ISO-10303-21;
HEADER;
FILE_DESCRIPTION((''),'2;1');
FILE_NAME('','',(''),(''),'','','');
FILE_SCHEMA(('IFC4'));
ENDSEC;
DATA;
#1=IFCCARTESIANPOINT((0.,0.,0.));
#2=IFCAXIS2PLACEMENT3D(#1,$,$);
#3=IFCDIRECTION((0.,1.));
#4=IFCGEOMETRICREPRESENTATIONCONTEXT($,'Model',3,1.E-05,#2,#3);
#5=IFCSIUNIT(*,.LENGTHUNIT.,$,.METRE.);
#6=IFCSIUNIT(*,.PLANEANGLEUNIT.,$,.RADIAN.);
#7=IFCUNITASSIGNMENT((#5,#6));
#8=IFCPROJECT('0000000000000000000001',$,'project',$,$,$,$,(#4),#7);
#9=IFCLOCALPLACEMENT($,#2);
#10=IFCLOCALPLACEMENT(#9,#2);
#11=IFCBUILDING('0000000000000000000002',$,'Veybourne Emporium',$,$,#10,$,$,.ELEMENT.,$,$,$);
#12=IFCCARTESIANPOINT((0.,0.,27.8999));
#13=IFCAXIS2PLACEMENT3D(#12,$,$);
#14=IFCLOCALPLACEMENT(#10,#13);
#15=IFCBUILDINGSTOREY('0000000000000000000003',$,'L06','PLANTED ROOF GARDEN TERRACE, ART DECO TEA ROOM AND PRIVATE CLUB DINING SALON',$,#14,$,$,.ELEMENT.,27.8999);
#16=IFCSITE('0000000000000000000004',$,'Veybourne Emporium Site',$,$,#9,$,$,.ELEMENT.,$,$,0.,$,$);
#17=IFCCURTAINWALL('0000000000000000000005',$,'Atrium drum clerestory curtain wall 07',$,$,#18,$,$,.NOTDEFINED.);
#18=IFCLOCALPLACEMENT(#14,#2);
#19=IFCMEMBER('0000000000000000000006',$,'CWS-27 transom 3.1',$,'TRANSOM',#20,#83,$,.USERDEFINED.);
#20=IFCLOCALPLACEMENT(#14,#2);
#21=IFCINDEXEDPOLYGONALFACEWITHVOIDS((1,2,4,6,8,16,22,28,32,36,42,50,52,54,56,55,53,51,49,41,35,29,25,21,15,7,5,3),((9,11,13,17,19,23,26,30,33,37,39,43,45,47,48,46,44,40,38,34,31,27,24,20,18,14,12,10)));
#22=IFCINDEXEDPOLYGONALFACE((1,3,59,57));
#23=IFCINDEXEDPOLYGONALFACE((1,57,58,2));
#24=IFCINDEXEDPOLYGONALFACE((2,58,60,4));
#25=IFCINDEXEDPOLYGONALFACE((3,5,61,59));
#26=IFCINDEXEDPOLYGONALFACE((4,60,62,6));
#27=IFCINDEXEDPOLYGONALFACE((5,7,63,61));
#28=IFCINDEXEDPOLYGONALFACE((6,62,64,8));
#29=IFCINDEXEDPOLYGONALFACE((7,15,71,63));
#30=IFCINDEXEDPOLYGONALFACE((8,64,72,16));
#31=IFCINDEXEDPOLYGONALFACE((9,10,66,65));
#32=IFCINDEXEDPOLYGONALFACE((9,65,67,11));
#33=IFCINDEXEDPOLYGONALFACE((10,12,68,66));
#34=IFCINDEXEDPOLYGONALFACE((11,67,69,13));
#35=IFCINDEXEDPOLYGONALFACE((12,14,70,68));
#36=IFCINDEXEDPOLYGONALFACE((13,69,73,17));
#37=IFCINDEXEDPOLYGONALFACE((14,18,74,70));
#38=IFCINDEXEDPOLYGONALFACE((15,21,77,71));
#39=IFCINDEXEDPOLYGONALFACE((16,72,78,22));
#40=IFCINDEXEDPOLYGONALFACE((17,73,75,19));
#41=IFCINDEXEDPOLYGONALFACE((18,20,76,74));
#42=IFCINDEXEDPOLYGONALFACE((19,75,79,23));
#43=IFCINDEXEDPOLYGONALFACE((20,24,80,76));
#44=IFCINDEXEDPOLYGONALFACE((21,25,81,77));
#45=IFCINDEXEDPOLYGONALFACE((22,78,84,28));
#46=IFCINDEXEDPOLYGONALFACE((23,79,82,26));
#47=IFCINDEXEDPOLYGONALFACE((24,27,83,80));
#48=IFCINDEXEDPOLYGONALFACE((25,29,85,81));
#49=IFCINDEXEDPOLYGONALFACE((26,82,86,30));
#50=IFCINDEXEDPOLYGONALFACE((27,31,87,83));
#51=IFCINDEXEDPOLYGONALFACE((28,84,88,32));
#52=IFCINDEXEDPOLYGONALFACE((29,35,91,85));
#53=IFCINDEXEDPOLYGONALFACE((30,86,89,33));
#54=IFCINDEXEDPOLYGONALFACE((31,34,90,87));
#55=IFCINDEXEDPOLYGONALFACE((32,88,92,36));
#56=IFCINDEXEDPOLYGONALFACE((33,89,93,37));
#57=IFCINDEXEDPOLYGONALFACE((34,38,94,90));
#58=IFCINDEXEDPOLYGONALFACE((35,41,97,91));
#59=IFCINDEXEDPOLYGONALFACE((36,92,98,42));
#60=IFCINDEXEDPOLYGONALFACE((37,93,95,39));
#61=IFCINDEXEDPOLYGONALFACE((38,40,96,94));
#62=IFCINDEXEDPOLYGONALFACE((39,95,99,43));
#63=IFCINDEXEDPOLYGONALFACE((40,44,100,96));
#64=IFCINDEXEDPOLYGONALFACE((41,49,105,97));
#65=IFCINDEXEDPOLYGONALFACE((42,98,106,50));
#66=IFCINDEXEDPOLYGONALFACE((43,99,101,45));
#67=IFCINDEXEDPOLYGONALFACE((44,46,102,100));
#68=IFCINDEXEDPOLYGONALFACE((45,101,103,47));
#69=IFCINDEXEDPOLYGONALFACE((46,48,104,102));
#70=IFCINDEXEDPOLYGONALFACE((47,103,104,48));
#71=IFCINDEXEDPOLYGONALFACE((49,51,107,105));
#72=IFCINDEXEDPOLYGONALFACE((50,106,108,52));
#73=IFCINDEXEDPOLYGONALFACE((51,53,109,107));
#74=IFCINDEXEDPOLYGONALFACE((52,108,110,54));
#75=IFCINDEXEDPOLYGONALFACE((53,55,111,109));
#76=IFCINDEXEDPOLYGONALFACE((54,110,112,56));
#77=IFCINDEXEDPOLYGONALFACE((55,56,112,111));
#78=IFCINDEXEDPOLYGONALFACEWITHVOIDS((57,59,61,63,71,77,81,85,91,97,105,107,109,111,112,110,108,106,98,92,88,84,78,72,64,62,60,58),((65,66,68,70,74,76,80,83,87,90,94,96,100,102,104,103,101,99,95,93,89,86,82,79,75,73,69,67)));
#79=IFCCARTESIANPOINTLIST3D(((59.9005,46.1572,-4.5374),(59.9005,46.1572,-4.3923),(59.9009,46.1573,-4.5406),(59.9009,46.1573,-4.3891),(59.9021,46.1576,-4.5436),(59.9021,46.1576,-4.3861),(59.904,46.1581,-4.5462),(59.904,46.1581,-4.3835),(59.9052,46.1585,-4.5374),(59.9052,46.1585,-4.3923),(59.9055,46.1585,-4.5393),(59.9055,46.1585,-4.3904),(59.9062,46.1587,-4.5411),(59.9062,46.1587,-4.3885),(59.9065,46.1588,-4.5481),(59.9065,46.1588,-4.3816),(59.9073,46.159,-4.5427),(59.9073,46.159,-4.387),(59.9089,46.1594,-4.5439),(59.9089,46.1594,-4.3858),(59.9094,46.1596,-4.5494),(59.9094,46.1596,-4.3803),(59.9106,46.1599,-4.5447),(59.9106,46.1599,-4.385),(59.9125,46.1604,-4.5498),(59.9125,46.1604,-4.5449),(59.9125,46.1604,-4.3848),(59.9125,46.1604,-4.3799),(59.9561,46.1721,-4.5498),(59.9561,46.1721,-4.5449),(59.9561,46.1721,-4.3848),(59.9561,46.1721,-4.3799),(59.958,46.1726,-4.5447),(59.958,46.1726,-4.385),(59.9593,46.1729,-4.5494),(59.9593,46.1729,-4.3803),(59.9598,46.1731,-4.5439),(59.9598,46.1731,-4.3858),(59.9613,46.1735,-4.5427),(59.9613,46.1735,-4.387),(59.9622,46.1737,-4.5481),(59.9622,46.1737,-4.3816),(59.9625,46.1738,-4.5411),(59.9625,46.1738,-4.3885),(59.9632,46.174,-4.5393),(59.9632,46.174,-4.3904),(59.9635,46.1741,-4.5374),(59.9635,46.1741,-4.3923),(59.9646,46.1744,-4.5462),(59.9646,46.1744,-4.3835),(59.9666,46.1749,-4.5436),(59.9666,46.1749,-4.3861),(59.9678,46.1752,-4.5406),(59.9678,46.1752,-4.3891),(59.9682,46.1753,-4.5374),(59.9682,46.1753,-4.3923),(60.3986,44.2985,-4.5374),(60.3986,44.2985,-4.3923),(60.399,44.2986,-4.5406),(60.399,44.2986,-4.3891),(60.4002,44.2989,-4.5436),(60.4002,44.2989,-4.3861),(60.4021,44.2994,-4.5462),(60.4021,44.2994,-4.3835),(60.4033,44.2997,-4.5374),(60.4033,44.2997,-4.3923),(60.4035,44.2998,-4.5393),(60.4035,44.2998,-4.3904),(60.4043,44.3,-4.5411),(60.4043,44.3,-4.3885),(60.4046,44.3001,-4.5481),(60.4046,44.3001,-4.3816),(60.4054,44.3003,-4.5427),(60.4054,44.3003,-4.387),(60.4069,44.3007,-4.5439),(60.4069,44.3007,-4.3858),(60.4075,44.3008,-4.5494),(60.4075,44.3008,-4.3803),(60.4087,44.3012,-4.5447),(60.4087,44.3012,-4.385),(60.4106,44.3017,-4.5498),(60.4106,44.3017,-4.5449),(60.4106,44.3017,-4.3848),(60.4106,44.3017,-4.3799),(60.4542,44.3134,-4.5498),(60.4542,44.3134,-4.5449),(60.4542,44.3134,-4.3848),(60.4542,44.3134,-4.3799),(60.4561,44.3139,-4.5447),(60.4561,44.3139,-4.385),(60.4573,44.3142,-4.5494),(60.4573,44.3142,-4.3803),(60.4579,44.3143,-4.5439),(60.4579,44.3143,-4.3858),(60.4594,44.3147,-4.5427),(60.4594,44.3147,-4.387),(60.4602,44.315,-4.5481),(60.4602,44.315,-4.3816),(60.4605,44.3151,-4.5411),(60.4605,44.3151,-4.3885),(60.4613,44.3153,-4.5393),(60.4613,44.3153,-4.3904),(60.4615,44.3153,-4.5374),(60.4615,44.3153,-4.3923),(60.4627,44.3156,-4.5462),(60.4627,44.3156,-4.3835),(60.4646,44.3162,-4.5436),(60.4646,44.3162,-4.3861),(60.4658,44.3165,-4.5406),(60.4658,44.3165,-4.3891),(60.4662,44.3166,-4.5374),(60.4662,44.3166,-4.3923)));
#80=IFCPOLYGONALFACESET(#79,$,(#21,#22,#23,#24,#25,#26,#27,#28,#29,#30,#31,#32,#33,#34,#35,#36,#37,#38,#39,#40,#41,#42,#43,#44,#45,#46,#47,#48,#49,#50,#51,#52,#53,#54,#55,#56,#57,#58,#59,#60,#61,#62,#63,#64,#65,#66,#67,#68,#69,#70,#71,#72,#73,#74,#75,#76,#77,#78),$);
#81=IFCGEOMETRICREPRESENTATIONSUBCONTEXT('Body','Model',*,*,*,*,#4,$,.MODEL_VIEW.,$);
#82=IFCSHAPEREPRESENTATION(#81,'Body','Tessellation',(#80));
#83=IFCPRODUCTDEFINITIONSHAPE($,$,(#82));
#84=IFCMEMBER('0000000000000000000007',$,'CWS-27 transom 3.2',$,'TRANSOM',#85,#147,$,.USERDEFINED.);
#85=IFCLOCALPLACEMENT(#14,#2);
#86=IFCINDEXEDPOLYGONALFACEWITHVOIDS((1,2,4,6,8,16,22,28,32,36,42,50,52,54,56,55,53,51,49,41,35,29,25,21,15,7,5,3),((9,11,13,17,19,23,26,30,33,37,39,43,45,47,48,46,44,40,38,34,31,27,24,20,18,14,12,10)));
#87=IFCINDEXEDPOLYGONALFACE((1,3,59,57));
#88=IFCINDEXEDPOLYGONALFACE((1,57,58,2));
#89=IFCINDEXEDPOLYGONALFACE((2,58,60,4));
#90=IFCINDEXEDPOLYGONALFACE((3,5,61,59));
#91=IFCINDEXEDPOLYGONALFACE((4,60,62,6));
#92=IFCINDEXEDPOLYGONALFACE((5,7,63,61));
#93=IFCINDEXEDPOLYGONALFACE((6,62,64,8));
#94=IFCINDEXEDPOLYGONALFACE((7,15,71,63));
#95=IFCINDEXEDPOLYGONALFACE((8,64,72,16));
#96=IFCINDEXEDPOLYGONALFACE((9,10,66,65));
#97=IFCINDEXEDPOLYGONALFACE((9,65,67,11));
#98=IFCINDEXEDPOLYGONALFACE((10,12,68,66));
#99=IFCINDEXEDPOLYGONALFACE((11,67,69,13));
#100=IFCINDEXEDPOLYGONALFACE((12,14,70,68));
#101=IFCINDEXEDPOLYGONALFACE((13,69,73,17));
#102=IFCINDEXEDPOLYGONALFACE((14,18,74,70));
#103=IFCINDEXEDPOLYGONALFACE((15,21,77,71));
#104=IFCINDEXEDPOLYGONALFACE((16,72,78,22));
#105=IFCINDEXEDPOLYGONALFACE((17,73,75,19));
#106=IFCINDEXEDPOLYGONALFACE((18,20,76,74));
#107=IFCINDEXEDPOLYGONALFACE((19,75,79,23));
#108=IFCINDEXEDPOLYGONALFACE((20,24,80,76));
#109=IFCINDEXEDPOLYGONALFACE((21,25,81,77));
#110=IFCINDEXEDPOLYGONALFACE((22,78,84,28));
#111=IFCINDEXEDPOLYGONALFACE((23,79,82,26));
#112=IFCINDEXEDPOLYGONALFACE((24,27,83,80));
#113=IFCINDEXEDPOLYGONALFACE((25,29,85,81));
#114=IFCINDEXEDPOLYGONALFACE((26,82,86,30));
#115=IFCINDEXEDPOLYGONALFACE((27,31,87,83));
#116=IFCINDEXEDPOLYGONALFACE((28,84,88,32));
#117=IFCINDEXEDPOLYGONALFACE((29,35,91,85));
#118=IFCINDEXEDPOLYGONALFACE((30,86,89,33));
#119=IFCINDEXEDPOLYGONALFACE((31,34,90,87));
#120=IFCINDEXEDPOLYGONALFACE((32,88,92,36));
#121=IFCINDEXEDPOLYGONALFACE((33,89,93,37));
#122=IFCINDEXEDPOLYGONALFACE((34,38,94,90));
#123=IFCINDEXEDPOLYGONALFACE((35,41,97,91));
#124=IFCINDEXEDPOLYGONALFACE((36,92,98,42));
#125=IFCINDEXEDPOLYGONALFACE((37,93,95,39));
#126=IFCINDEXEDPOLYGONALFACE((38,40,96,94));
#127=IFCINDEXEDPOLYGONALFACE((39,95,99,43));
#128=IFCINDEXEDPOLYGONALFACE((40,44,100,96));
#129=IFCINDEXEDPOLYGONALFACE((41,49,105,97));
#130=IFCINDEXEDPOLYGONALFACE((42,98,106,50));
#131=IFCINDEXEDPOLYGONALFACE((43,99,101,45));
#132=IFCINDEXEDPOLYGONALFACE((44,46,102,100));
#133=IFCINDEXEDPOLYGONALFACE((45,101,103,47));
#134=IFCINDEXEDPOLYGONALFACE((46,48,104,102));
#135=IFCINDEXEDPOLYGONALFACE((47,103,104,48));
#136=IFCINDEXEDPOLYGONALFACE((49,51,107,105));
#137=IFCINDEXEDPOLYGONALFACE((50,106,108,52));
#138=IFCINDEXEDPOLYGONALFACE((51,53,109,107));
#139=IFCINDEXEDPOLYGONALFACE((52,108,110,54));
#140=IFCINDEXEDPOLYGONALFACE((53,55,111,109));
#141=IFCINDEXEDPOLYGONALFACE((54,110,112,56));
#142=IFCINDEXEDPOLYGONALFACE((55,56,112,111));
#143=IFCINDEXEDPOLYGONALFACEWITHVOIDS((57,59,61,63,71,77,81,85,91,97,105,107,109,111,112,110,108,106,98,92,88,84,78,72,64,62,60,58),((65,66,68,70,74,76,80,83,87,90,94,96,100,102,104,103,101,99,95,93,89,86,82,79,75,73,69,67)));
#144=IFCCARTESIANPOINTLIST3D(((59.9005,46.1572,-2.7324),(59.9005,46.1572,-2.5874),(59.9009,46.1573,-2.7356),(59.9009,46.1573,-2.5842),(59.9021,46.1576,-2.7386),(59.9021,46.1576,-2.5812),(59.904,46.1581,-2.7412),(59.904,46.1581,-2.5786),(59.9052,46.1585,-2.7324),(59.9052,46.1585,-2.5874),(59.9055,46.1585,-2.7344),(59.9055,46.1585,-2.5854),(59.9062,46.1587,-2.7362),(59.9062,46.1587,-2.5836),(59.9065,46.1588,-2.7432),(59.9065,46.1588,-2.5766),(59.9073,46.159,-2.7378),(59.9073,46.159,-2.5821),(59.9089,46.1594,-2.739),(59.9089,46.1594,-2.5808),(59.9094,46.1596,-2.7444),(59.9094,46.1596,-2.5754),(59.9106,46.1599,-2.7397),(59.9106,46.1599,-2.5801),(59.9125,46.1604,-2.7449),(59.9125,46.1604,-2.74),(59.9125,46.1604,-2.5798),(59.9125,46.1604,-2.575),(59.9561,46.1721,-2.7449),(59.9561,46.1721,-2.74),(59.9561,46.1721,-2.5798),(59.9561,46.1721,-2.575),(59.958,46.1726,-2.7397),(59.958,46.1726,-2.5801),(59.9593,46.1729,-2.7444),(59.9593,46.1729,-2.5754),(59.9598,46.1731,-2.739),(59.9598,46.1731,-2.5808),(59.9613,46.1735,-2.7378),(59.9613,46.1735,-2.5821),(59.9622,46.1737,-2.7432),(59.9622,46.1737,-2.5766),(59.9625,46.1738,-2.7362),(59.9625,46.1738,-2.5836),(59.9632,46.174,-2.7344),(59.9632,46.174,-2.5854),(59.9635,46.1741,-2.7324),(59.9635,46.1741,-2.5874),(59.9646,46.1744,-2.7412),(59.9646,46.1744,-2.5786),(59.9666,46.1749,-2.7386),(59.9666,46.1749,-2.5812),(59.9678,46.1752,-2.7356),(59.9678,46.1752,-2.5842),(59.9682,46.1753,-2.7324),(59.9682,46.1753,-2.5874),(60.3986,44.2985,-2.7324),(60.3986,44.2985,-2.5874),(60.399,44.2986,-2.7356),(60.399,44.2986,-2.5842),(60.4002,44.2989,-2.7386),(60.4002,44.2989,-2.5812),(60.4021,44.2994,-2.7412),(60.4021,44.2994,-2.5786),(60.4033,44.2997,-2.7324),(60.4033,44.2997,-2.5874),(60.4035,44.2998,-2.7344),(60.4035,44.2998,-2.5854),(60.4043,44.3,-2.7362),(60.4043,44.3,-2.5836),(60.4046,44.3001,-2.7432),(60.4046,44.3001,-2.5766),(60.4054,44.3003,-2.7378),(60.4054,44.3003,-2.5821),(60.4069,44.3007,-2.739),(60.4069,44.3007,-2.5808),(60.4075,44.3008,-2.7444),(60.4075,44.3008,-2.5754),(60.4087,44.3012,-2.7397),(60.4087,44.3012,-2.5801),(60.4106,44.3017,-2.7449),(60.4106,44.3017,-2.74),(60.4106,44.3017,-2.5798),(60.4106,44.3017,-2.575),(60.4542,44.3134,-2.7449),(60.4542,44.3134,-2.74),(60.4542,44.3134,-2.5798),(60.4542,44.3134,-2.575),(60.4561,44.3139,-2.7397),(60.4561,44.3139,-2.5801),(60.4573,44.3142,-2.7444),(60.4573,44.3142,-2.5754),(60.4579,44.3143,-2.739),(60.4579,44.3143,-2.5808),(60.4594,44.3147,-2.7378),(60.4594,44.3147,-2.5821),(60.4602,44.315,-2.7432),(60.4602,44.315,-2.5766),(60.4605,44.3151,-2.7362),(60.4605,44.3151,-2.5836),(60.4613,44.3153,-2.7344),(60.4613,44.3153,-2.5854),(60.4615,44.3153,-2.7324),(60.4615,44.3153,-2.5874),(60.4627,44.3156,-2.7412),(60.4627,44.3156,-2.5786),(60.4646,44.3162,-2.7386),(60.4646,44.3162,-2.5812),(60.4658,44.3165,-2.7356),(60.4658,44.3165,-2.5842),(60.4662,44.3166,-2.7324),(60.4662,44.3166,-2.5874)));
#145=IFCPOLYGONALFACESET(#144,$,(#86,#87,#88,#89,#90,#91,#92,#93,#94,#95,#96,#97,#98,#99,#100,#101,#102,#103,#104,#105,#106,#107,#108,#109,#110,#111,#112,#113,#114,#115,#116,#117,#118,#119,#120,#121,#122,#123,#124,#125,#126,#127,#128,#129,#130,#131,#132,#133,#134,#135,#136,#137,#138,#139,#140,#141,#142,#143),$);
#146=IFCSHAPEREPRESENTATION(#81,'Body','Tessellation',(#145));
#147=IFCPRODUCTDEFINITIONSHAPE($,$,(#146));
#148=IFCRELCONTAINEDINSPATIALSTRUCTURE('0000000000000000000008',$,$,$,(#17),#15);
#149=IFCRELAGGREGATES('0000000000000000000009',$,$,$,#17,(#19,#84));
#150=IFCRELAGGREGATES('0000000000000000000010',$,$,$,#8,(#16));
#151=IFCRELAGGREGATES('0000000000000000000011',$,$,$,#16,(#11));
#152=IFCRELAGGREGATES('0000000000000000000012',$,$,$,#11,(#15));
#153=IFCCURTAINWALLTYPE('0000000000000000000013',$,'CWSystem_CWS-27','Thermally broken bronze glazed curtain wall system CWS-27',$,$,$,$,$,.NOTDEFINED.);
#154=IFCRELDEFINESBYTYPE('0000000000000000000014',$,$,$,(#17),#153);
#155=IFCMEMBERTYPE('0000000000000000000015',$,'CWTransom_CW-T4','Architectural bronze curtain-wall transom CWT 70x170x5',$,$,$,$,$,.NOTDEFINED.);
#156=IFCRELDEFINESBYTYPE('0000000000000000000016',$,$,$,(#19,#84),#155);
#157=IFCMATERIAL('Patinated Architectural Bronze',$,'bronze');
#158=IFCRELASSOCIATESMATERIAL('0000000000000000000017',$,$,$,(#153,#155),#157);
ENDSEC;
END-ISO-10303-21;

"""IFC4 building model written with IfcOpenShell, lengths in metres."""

from ifc_helpers import new_model, si_unit, direction, frame, origin, origin_2d, place, context, subcontext, project, spatial, hollow_rectangle, extrude, material, material_profile, profile_set, type_object, element, aggregate, save


model = new_model("IFC4")

# Units and contexts
model_context = context("Model", 3, precision=1e-05, world=origin(), true_north=direction((0.0, 1.0)))
body_context = subcontext(model_context, "Body", "Model", "MODEL_VIEW")
ifc_project = project(units=[si_unit("LENGTHUNIT", "METRE"), si_unit("PLANEANGLEUNIT", "RADIAN")], contexts=[model_context])

# Site, building, storey
site_placement = place(None, origin())
site = spatial("IfcSite", under=ifc_project, at=site_placement, Name="Veybourne Emporium Site", CompositionType="ELEMENT", RefElevation=0.0)
building_placement = place(site_placement, origin())
building = spatial("IfcBuilding", under=site, at=building_placement, Name="Veybourne Emporium", CompositionType="ELEMENT")
storey_placement = place(building_placement, frame((0.0, 0.0, 27.8999)))
storey = spatial("IfcBuildingStorey", under=building, at=storey_placement, Name="L06", Description="PLANTED ROOF GARDEN TERRACE, ART DECO TEA ROOM AND PRIVATE CLUB DINING SALON", CompositionType="ELEMENT", Elevation=27.8999)

# Curtain wall
ifc_material_1 = material(Name="Patinated Architectural Bronze", Category="bronze")
curtain_wall_type_1 = type_object("IfcCurtainWallType", Name="CWSystem_CWS-27", Description="Thermally broken bronze glazed curtain wall system CWS-27", PredefinedType="NOTDEFINED", material=ifc_material_1)
curtain_wall_1_placement = place(storey_placement, origin())
curtain_wall_1 = element("IfcCurtainWall", 1, at=curtain_wall_1_placement, inside=storey, type_object=curtain_wall_type_1, Name="Atrium drum clerestory curtain wall 07", PredefinedType="NOTDEFINED")

# Members
ifc_material_profile_1 = material_profile(ifc_material_1, hollow_rectangle(XDim=0.0701, YDim=0.1699, WallThickness=0.0049, InnerFilletRadius=0.0076, OuterFilletRadius=0.0125, at=origin_2d()), Name="CWT 70x170x5")
ifc_profile_set_1 = profile_set([ifc_material_profile_1], Name="Patinated Architectural Bronze")
member_type_1 = type_object("IfcMemberType", Name="CWTransom_CW-T4", Description="Architectural bronze curtain-wall transom CWT 70x170x5", PredefinedType="NOTDEFINED", material=ifc_profile_set_1)
member_1_placement = place(storey_placement, frame((59.9343, 46.1663, -4.4648), z_axis=(0.258831, -0.965923, 0.0), x_axis=(0.965923, 0.258831, 0.0)))
member_1 = element("IfcMember", 2, at=member_1_placement, type_object=member_type_1, Name="CWS-27 transom 3.1", ObjectType="TRANSOM", PredefinedType="USERDEFINED", context=body_context, shape_type="SweptSolid", body=[
    extrude(hollow_rectangle(XDim=0.0701, YDim=0.1699, WallThickness=0.0049, InnerFilletRadius=0.0076, OuterFilletRadius=0.0125, at=origin_2d()), origin(), (0.0, 0.0, 1.0), 1.9243),
])
member_2_placement = place(storey_placement, frame((59.9343, 46.1663, -2.6599), z_axis=(0.258831, -0.965923, 0.0), x_axis=(0.965923, 0.258831, 0.0)))
member_2 = element("IfcMember", 3, at=member_2_placement, type_object=member_type_1, Name="CWS-27 transom 3.2", ObjectType="TRANSOM", PredefinedType="USERDEFINED", context=body_context, shape_type="SweptSolid", body=[
    extrude(hollow_rectangle(XDim=0.0701, YDim=0.1699, WallThickness=0.0049, InnerFilletRadius=0.0076, OuterFilletRadius=0.0125, at=origin_2d()), origin(), (0.0, 0.0, 1.0), 1.9243),
])

aggregate(curtain_wall_1, [member_1, member_2])

save(model, "model.ifc")
